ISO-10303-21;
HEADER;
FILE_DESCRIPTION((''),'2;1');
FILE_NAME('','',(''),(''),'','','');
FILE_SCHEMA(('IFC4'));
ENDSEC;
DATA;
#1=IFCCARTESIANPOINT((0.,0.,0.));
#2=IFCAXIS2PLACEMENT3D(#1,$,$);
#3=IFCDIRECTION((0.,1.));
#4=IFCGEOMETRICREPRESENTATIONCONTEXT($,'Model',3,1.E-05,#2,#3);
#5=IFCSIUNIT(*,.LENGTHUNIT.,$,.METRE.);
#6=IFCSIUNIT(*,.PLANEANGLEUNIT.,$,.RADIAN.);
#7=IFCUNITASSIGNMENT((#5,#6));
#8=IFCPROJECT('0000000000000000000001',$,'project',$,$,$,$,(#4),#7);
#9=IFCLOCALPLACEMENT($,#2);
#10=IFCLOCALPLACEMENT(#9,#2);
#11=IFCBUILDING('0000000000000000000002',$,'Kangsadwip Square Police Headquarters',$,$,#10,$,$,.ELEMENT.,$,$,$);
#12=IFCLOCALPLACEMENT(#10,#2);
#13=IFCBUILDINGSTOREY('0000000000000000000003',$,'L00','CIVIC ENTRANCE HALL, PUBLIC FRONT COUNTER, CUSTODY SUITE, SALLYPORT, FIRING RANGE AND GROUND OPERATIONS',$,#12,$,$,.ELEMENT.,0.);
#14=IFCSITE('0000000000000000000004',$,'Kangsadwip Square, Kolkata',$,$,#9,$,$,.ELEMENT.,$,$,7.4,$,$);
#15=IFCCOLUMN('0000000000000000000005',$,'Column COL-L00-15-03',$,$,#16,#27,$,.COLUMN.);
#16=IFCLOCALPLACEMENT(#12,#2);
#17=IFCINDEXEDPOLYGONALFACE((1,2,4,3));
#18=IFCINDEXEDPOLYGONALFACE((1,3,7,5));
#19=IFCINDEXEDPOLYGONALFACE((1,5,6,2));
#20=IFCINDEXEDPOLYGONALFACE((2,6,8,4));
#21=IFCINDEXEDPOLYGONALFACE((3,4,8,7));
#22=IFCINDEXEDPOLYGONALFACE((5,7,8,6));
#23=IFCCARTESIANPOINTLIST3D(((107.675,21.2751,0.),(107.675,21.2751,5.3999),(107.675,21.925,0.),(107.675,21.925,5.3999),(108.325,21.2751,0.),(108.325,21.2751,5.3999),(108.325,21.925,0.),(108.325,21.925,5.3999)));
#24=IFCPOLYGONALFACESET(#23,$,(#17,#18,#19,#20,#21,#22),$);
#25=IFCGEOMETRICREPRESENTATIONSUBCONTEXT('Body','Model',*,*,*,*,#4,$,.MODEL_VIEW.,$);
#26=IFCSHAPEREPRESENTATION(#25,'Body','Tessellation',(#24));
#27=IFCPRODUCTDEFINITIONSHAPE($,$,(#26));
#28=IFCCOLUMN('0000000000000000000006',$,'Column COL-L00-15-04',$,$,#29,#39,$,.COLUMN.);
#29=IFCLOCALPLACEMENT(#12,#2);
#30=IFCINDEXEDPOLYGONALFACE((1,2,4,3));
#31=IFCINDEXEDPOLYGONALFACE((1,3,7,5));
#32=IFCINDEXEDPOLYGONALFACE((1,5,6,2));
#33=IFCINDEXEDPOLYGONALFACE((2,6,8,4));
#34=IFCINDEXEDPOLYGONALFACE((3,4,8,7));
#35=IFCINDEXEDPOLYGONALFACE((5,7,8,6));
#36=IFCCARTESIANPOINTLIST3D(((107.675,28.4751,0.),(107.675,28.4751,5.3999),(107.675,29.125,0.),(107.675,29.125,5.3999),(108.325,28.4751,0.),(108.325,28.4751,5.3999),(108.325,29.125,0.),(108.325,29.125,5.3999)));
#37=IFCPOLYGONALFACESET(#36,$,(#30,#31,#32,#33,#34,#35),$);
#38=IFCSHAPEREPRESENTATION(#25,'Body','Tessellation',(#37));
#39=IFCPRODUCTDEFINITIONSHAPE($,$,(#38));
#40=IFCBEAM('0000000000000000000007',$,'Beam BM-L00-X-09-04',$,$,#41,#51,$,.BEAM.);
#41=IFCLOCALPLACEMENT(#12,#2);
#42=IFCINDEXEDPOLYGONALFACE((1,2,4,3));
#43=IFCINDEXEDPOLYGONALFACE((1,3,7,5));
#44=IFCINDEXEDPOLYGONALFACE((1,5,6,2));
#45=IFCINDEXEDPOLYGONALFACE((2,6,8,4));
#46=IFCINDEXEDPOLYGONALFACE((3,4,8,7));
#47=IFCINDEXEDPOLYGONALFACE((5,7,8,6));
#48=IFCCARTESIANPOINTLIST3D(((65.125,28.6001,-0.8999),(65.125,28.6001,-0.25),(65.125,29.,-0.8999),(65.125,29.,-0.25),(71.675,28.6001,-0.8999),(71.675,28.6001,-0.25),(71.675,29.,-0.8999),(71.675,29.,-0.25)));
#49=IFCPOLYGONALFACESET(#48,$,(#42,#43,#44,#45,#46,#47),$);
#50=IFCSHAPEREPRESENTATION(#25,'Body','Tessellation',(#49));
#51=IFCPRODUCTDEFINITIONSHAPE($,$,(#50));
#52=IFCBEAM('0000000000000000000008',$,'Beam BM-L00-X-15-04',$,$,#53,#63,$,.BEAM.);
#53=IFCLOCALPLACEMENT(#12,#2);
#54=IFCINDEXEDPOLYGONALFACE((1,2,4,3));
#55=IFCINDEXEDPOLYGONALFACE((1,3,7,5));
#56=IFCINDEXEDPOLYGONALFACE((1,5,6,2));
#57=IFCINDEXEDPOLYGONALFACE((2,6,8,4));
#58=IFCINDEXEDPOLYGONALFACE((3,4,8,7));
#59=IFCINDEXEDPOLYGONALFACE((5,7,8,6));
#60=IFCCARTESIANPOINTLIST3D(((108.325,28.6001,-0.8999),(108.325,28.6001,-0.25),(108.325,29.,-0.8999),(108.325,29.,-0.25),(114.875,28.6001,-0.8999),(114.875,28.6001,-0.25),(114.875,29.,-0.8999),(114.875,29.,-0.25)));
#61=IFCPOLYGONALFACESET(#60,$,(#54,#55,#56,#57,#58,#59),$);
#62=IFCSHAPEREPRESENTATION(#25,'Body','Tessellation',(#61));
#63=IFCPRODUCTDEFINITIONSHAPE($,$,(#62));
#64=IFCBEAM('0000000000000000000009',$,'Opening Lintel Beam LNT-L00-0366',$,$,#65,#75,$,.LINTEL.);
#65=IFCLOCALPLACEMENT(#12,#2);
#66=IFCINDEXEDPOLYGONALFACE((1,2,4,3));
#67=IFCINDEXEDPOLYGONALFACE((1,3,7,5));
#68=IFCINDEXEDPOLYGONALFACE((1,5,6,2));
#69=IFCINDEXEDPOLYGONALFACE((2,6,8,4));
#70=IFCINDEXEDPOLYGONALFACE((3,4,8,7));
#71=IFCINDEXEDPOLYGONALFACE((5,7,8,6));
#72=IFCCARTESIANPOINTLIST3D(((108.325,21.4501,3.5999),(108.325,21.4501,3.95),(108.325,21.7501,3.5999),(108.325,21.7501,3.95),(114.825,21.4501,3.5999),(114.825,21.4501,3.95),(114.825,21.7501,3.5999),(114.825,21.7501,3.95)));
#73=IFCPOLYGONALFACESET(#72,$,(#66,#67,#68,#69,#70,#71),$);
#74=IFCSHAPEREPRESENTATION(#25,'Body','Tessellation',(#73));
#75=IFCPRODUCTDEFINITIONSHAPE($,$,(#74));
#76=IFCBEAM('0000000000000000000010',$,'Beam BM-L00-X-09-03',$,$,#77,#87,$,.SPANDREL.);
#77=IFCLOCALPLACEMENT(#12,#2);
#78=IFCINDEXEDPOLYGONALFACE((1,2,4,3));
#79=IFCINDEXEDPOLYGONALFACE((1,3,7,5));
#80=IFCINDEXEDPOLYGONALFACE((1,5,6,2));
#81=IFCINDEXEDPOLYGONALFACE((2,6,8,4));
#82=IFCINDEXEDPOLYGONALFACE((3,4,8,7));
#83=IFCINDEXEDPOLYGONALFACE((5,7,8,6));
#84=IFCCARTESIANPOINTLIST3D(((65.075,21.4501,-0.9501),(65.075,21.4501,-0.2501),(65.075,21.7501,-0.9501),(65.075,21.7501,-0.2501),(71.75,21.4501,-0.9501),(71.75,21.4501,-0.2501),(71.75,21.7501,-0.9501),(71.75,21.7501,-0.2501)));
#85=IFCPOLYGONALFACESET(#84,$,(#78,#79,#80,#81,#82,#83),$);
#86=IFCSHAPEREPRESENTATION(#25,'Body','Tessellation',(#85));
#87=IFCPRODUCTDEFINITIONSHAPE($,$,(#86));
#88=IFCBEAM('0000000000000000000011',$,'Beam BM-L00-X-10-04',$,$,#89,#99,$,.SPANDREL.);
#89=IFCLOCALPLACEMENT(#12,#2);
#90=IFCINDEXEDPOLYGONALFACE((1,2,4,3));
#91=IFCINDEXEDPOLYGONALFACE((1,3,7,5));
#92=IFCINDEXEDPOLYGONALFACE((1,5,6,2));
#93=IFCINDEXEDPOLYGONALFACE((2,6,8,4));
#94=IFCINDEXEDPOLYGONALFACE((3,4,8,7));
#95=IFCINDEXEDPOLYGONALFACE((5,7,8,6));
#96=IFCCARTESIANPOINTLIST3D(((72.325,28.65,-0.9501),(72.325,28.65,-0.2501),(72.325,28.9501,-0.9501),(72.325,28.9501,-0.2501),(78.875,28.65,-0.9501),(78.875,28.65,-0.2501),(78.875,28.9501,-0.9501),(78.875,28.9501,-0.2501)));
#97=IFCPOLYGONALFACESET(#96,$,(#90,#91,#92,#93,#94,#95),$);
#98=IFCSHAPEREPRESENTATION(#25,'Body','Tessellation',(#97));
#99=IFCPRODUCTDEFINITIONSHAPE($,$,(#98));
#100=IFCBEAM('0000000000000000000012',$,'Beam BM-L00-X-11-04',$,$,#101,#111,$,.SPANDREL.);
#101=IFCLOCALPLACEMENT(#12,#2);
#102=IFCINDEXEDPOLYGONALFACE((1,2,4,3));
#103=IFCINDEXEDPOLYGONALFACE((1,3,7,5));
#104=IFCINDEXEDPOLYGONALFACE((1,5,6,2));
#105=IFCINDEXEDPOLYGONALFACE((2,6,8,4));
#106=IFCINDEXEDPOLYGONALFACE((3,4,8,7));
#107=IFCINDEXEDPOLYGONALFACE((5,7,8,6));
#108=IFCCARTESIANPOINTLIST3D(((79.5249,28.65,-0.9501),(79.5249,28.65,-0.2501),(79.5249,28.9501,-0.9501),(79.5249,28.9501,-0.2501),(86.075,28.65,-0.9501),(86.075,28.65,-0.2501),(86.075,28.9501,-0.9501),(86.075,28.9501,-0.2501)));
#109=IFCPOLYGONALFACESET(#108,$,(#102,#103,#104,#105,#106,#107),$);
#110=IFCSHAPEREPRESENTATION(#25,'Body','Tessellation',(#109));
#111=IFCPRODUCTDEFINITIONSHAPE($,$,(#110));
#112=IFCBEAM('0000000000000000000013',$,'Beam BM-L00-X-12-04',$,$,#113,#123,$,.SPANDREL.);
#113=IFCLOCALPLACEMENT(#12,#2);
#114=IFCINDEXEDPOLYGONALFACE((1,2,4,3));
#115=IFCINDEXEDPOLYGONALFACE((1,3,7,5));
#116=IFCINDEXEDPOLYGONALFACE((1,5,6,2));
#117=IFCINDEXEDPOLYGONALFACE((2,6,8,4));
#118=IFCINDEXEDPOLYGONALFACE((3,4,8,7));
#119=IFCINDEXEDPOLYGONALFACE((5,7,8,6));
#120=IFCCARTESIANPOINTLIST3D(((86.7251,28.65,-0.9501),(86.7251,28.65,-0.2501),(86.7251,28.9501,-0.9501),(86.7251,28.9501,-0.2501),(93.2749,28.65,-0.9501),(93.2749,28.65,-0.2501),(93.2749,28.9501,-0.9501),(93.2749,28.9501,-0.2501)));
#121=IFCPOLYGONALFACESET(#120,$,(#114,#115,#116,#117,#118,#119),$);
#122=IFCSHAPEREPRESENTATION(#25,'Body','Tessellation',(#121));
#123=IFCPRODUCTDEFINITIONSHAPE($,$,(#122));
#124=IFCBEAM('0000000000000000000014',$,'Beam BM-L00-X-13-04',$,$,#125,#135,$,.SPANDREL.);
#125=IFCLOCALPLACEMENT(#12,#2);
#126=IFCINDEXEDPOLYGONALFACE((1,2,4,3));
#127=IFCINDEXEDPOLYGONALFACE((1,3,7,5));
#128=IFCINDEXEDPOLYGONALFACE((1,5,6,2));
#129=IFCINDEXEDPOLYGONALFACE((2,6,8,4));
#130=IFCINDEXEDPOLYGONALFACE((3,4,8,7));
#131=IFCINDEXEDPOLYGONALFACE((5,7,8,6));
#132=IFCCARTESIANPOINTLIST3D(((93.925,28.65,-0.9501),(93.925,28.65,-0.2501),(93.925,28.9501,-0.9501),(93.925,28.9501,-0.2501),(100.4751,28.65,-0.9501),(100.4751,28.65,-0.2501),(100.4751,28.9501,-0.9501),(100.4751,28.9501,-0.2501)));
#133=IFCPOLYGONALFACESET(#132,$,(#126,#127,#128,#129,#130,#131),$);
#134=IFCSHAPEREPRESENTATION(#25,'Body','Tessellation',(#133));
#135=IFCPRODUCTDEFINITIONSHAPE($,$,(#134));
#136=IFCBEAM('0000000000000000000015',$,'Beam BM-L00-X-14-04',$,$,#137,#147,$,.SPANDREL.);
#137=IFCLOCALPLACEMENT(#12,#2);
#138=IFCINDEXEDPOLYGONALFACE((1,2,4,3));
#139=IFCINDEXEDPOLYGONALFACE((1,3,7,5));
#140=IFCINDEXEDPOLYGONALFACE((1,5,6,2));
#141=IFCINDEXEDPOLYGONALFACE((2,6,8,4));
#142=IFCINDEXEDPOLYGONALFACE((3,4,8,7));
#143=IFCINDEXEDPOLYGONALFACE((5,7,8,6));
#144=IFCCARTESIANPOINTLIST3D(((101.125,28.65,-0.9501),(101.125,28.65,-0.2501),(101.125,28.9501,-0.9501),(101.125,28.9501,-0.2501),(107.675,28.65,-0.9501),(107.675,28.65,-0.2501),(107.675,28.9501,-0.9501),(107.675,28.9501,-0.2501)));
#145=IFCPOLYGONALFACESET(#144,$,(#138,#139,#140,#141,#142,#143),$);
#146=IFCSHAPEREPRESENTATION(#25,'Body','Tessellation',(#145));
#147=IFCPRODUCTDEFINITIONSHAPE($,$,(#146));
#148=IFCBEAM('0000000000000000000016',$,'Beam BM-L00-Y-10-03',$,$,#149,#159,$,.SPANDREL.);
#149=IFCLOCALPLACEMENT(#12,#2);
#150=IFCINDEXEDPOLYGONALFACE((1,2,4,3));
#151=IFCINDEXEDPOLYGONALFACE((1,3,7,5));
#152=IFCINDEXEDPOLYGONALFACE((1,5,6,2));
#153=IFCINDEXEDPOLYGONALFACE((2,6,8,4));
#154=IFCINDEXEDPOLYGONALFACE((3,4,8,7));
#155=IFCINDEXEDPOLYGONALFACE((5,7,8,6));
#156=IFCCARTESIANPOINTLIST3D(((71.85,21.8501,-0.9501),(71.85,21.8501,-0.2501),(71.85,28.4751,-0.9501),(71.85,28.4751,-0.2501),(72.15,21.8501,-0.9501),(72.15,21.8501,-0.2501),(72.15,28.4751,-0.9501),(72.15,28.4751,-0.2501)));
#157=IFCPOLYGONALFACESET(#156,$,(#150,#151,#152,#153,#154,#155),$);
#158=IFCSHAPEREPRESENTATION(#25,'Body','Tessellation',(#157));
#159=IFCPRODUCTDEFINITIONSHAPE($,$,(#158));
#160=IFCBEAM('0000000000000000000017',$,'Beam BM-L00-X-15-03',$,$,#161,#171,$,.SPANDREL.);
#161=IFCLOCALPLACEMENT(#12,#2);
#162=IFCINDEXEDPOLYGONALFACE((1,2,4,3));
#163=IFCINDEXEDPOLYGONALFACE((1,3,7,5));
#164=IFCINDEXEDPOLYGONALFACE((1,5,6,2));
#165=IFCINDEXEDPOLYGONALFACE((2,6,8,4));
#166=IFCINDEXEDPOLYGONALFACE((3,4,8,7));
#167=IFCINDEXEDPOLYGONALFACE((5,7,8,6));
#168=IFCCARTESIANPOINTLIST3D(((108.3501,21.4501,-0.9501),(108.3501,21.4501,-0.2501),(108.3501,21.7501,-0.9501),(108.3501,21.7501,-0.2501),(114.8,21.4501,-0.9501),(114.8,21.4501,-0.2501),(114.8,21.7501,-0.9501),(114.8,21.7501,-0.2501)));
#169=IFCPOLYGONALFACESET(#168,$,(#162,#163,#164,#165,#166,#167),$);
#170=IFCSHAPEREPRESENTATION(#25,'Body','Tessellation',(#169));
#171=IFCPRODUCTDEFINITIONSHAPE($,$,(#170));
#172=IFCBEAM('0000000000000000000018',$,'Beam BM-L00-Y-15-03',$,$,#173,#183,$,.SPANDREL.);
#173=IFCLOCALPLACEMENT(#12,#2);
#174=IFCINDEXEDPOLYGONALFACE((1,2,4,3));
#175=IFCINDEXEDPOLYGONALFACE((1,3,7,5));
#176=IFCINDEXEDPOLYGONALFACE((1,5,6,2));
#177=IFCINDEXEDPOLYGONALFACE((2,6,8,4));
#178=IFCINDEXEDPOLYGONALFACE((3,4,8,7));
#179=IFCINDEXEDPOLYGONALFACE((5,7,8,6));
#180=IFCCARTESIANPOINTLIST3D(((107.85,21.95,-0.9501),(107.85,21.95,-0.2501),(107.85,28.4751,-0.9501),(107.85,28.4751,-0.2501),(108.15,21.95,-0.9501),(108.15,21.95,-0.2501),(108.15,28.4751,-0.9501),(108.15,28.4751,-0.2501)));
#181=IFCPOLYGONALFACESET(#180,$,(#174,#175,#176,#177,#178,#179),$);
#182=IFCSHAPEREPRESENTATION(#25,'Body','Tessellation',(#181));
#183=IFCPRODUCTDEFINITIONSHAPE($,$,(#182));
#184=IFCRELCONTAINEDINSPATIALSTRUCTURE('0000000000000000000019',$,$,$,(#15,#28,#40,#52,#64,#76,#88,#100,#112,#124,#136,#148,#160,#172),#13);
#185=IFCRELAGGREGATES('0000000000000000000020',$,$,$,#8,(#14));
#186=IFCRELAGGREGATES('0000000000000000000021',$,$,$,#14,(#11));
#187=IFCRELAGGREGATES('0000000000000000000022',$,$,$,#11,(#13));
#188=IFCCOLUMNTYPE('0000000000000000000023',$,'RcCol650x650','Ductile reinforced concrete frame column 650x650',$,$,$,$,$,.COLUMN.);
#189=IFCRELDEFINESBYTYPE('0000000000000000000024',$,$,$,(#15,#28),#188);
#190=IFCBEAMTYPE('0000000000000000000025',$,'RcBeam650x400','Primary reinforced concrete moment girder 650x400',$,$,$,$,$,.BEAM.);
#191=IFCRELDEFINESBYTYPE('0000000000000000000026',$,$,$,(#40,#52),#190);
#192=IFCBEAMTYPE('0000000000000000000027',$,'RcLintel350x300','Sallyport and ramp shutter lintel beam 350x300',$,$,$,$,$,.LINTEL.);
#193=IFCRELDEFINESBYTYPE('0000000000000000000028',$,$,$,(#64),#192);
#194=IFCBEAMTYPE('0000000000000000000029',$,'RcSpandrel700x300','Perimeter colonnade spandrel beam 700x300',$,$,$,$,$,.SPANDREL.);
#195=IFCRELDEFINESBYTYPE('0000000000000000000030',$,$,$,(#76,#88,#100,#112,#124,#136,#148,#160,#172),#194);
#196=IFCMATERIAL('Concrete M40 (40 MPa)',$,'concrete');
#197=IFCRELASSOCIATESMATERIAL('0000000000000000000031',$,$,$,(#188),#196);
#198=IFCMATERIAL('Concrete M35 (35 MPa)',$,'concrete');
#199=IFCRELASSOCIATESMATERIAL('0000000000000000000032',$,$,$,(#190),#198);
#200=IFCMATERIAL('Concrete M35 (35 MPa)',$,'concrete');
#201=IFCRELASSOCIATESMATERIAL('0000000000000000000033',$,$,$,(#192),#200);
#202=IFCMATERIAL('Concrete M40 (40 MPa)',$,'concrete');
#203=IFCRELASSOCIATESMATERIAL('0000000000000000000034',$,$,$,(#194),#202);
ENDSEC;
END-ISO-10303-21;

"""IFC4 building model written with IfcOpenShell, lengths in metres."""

from ifc_helpers import new_model, si_unit, direction, frame, origin, origin_2d, place, context, subcontext, project, spatial, rectangle, extrude, material, material_profile, profile_set, type_object, element, save


model = new_model("IFC4")

# Units and contexts
model_context = context("Model", 3, precision=1e-05, world=origin(), true_north=direction((0.0, 1.0)))
body_context = subcontext(model_context, "Body", "Model", "MODEL_VIEW")
ifc_project = project(units=[si_unit("LENGTHUNIT", "METRE"), si_unit("PLANEANGLEUNIT", "RADIAN")], contexts=[model_context])

# Site, building, storey
site_placement = place(None, origin())
site = spatial("IfcSite", under=ifc_project, at=site_placement, Name="Kangsadwip Square, Kolkata", CompositionType="ELEMENT", RefElevation=7.4)
building_placement = place(site_placement, origin())
building = spatial("IfcBuilding", under=site, at=building_placement, Name="Kangsadwip Square Police Headquarters", CompositionType="ELEMENT")
storey_placement = place(building_placement, origin())
storey = spatial("IfcBuildingStorey", under=building, at=storey_placement, Name="L00", Description="CIVIC ENTRANCE HALL, PUBLIC FRONT COUNTER, CUSTODY SUITE, SALLYPORT, FIRING RANGE AND GROUND OPERATIONS", CompositionType="ELEMENT", Elevation=0.0)

# Columns
ifc_material_1 = material(Name="Concrete M40 (40 MPa)", Category="concrete")
ifc_material_profile_1 = material_profile(ifc_material_1, rectangle(XDim=0.6499, YDim=0.6499, at=origin_2d()), Name="RC COL 650X650")
ifc_profile_set_1 = profile_set([ifc_material_profile_1], Name="Concrete M40 (40 MPa)")
column_type = type_object("IfcColumnType", Name="RcCol650x650", Description="Ductile reinforced concrete frame column 650x650", PredefinedType="COLUMN", material=ifc_profile_set_1)
for number, where, z_axis, x_axis, name in (
    (1, (108.0, 21.6001, 0.0), (0.0, 0.0, 1.0), (1.0, 0.0, 0.0), "Column COL-L00-15-03"),
    (2, (108.0, 28.8, 0.0), (0.0, 0.0, 1.0), (1.0, 0.0, 0.0), "Column COL-L00-15-04"),
):
    element("IfcColumn", number, at=place(storey_placement, frame(where, z_axis=z_axis, x_axis=x_axis)), inside=storey, type_object=column_type, Name=name, PredefinedType="COLUMN", context=body_context, shape_type="SweptSolid", body=[
        extrude(rectangle(XDim=0.6499, YDim=0.6499, at=origin_2d()), origin(), (0.0, 0.0, 1.0), 5.3999),
    ])

# Beams
ifc_material_2 = material(Name="Concrete M35 (35 MPa)", Category="concrete")
ifc_material_profile_2 = material_profile(ifc_material_2, rectangle(XDim=0.3999, YDim=0.6499, at=origin_2d()), Name="RC BM 650X400")
ifc_profile_set_2 = profile_set([ifc_material_profile_2], Name="Concrete M35 (35 MPa)")
beam_type_1 = type_object("IfcBeamType", Name="RcBeam650x400", Description="Primary reinforced concrete moment girder 650x400", PredefinedType="BEAM", material=ifc_profile_set_2)
for number, where, z_axis, x_axis, name in (
    (3, (65.125, 28.8, -0.575), (1.0, 0.0, 0.0), (0.0, 1.0, 0.0), "Beam BM-L00-X-09-04"),
    (4, (108.325, 28.8, -0.575), (1.0, 0.0, 0.0), (0.0, 1.0, 0.0), "Beam BM-L00-X-15-04"),
):
    element("IfcBeam", number, at=place(storey_placement, frame(where, z_axis=z_axis, x_axis=x_axis)), inside=storey, type_object=beam_type_1, Name=name, PredefinedType="BEAM", context=body_context, shape_type="SweptSolid", body=[
        extrude(rectangle(XDim=0.3999, YDim=0.6499, at=origin_2d()), origin(), (0.0, 0.0, 1.0), 6.55),
    ])
ifc_material_3 = material(Name="Concrete M35 (35 MPa)", Category="concrete")
ifc_material_profile_3 = material_profile(ifc_material_3, rectangle(XDim=0.3, YDim=0.3501, at=origin_2d()), Name="RC LNT 350X300")
ifc_profile_set_3 = profile_set([ifc_material_profile_3], Name="Concrete M35 (35 MPa)")
beam_type_2 = type_object("IfcBeamType", Name="RcLintel350x300", Description="Sallyport and ramp shutter lintel beam 350x300", PredefinedType="LINTEL", material=ifc_profile_set_3)
beam_1_placement = place(storey_placement, frame((108.325, 21.6001, 3.7749), z_axis=(1.0, 0.0, 0.0), x_axis=(0.0, 1.0, 0.0)))
element("IfcBeam", 5, at=beam_1_placement, inside=storey, type_object=beam_type_2, Name="Opening Lintel Beam LNT-L00-0366", PredefinedType="LINTEL", context=body_context, shape_type="SweptSolid", body=[
    extrude(rectangle(XDim=0.3, YDim=0.3501, at=origin_2d()), origin(), (0.0, 0.0, 1.0), 6.5),
])
ifc_material_4 = material(Name="Concrete M40 (40 MPa)", Category="concrete")
ifc_material_profile_4 = material_profile(ifc_material_4, rectangle(XDim=0.3, YDim=0.7, at=origin_2d()), Name="RC SPN 700X300")
ifc_profile_set_4 = profile_set([ifc_material_profile_4], Name="Concrete M40 (40 MPa)")
beam_type_3 = type_object("IfcBeamType", Name="RcSpandrel700x300", Description="Perimeter colonnade spandrel beam 700x300", PredefinedType="SPANDREL", material=ifc_profile_set_4)
beam_2_placement = place(storey_placement, frame((65.075, 21.6001, -0.6001), z_axis=(1.0, 0.0, 0.0), x_axis=(0.0, 1.0, 0.0)))
element("IfcBeam", 6, at=beam_2_placement, inside=storey, type_object=beam_type_3, Name="Beam BM-L00-X-09-03", PredefinedType="SPANDREL", context=body_context, shape_type="SweptSolid", body=[
    extrude(rectangle(XDim=0.3, YDim=0.7, at=origin_2d()), origin(), (0.0, 0.0, 1.0), 6.675),
])
for number, where, z_axis, x_axis, name in (
    (7, (72.325, 28.8, -0.6001), (1.0, 0.0, 0.0), (0.0, 1.0, 0.0), "Beam BM-L00-X-10-04"),
    (8, (79.5249, 28.8, -0.6001), (1.0, 0.0, 0.0), (0.0, 1.0, 0.0), "Beam BM-L00-X-11-04"),
):
    element("IfcBeam", number, at=place(storey_placement, frame(where, z_axis=z_axis, x_axis=x_axis)), inside=storey, type_object=beam_type_3, Name=name, PredefinedType="SPANDREL", context=body_context, shape_type="SweptSolid", body=[
        extrude(rectangle(XDim=0.3, YDim=0.7, at=origin_2d()), origin(), (0.0, 0.0, 1.0), 6.55),
    ])
beam_3_placement = place(storey_placement, frame((86.7251, 28.8, -0.6001), z_axis=(1.0, 0.0, 0.0), x_axis=(0.0, 1.0, 0.0)))
element("IfcBeam", 9, at=beam_3_placement, inside=storey, type_object=beam_type_3, Name="Beam BM-L00-X-12-04", PredefinedType="SPANDREL", context=body_context, shape_type="SweptSolid", body=[
    extrude(rectangle(XDim=0.3, YDim=0.7, at=origin_2d()), origin(), (0.0, 0.0, 1.0), 6.5498),
])
for number, where, z_axis, x_axis, name in (
    (10, (93.925, 28.8, -0.6001), (1.0, 0.0, 0.0), (0.0, 1.0, 0.0), "Beam BM-L00-X-13-04"),
    (11, (101.125, 28.8, -0.6001), (1.0, 0.0, 0.0), (0.0, 1.0, 0.0), "Beam BM-L00-X-14-04"),
):
    element("IfcBeam", number, at=place(storey_placement, frame(where, z_axis=z_axis, x_axis=x_axis)), inside=storey, type_object=beam_type_3, Name=name, PredefinedType="SPANDREL", context=body_context, shape_type="SweptSolid", body=[
        extrude(rectangle(XDim=0.3, YDim=0.7, at=origin_2d()), origin(), (0.0, 0.0, 1.0), 6.55),
    ])
beam_4_placement = place(storey_placement, frame((72.0, 21.8501, -0.6001), z_axis=(0.0, 1.0, 0.0), x_axis=(-1.0, 0.0, 0.0)))
element("IfcBeam", 12, at=beam_4_placement, inside=storey, type_object=beam_type_3, Name="Beam BM-L00-Y-10-03", PredefinedType="SPANDREL", context=body_context, shape_type="SweptSolid", body=[
    extrude(rectangle(XDim=0.3, YDim=0.7, at=origin_2d()), origin(), (0.0, 0.0, 1.0), 6.625),
])
beam_5_placement = place(storey_placement, frame((108.3501, 21.6001, -0.6001), z_axis=(1.0, 0.0, 0.0), x_axis=(0.0, 1.0, 0.0)))
element("IfcBeam", 13, at=beam_5_placement, inside=storey, type_object=beam_type_3, Name="Beam BM-L00-X-15-03", PredefinedType="SPANDREL", context=body_context, shape_type="SweptSolid", body=[
    extrude(rectangle(XDim=0.3, YDim=0.7, at=origin_2d()), origin(), (0.0, 0.0, 1.0), 6.45),
])
beam_6_placement = place(storey_placement, frame((108.0, 21.95, -0.6001), z_axis=(0.0, 1.0, 0.0), x_axis=(-1.0, 0.0, 0.0)))
element("IfcBeam", 14, at=beam_6_placement, inside=storey, type_object=beam_type_3, Name="Beam BM-L00-Y-15-03", PredefinedType="SPANDREL", context=body_context, shape_type="SweptSolid", body=[
    extrude(rectangle(XDim=0.3, YDim=0.7, at=origin_2d()), origin(), (0.0, 0.0, 1.0), 6.5251),
])

save(model, "model.ifc")
